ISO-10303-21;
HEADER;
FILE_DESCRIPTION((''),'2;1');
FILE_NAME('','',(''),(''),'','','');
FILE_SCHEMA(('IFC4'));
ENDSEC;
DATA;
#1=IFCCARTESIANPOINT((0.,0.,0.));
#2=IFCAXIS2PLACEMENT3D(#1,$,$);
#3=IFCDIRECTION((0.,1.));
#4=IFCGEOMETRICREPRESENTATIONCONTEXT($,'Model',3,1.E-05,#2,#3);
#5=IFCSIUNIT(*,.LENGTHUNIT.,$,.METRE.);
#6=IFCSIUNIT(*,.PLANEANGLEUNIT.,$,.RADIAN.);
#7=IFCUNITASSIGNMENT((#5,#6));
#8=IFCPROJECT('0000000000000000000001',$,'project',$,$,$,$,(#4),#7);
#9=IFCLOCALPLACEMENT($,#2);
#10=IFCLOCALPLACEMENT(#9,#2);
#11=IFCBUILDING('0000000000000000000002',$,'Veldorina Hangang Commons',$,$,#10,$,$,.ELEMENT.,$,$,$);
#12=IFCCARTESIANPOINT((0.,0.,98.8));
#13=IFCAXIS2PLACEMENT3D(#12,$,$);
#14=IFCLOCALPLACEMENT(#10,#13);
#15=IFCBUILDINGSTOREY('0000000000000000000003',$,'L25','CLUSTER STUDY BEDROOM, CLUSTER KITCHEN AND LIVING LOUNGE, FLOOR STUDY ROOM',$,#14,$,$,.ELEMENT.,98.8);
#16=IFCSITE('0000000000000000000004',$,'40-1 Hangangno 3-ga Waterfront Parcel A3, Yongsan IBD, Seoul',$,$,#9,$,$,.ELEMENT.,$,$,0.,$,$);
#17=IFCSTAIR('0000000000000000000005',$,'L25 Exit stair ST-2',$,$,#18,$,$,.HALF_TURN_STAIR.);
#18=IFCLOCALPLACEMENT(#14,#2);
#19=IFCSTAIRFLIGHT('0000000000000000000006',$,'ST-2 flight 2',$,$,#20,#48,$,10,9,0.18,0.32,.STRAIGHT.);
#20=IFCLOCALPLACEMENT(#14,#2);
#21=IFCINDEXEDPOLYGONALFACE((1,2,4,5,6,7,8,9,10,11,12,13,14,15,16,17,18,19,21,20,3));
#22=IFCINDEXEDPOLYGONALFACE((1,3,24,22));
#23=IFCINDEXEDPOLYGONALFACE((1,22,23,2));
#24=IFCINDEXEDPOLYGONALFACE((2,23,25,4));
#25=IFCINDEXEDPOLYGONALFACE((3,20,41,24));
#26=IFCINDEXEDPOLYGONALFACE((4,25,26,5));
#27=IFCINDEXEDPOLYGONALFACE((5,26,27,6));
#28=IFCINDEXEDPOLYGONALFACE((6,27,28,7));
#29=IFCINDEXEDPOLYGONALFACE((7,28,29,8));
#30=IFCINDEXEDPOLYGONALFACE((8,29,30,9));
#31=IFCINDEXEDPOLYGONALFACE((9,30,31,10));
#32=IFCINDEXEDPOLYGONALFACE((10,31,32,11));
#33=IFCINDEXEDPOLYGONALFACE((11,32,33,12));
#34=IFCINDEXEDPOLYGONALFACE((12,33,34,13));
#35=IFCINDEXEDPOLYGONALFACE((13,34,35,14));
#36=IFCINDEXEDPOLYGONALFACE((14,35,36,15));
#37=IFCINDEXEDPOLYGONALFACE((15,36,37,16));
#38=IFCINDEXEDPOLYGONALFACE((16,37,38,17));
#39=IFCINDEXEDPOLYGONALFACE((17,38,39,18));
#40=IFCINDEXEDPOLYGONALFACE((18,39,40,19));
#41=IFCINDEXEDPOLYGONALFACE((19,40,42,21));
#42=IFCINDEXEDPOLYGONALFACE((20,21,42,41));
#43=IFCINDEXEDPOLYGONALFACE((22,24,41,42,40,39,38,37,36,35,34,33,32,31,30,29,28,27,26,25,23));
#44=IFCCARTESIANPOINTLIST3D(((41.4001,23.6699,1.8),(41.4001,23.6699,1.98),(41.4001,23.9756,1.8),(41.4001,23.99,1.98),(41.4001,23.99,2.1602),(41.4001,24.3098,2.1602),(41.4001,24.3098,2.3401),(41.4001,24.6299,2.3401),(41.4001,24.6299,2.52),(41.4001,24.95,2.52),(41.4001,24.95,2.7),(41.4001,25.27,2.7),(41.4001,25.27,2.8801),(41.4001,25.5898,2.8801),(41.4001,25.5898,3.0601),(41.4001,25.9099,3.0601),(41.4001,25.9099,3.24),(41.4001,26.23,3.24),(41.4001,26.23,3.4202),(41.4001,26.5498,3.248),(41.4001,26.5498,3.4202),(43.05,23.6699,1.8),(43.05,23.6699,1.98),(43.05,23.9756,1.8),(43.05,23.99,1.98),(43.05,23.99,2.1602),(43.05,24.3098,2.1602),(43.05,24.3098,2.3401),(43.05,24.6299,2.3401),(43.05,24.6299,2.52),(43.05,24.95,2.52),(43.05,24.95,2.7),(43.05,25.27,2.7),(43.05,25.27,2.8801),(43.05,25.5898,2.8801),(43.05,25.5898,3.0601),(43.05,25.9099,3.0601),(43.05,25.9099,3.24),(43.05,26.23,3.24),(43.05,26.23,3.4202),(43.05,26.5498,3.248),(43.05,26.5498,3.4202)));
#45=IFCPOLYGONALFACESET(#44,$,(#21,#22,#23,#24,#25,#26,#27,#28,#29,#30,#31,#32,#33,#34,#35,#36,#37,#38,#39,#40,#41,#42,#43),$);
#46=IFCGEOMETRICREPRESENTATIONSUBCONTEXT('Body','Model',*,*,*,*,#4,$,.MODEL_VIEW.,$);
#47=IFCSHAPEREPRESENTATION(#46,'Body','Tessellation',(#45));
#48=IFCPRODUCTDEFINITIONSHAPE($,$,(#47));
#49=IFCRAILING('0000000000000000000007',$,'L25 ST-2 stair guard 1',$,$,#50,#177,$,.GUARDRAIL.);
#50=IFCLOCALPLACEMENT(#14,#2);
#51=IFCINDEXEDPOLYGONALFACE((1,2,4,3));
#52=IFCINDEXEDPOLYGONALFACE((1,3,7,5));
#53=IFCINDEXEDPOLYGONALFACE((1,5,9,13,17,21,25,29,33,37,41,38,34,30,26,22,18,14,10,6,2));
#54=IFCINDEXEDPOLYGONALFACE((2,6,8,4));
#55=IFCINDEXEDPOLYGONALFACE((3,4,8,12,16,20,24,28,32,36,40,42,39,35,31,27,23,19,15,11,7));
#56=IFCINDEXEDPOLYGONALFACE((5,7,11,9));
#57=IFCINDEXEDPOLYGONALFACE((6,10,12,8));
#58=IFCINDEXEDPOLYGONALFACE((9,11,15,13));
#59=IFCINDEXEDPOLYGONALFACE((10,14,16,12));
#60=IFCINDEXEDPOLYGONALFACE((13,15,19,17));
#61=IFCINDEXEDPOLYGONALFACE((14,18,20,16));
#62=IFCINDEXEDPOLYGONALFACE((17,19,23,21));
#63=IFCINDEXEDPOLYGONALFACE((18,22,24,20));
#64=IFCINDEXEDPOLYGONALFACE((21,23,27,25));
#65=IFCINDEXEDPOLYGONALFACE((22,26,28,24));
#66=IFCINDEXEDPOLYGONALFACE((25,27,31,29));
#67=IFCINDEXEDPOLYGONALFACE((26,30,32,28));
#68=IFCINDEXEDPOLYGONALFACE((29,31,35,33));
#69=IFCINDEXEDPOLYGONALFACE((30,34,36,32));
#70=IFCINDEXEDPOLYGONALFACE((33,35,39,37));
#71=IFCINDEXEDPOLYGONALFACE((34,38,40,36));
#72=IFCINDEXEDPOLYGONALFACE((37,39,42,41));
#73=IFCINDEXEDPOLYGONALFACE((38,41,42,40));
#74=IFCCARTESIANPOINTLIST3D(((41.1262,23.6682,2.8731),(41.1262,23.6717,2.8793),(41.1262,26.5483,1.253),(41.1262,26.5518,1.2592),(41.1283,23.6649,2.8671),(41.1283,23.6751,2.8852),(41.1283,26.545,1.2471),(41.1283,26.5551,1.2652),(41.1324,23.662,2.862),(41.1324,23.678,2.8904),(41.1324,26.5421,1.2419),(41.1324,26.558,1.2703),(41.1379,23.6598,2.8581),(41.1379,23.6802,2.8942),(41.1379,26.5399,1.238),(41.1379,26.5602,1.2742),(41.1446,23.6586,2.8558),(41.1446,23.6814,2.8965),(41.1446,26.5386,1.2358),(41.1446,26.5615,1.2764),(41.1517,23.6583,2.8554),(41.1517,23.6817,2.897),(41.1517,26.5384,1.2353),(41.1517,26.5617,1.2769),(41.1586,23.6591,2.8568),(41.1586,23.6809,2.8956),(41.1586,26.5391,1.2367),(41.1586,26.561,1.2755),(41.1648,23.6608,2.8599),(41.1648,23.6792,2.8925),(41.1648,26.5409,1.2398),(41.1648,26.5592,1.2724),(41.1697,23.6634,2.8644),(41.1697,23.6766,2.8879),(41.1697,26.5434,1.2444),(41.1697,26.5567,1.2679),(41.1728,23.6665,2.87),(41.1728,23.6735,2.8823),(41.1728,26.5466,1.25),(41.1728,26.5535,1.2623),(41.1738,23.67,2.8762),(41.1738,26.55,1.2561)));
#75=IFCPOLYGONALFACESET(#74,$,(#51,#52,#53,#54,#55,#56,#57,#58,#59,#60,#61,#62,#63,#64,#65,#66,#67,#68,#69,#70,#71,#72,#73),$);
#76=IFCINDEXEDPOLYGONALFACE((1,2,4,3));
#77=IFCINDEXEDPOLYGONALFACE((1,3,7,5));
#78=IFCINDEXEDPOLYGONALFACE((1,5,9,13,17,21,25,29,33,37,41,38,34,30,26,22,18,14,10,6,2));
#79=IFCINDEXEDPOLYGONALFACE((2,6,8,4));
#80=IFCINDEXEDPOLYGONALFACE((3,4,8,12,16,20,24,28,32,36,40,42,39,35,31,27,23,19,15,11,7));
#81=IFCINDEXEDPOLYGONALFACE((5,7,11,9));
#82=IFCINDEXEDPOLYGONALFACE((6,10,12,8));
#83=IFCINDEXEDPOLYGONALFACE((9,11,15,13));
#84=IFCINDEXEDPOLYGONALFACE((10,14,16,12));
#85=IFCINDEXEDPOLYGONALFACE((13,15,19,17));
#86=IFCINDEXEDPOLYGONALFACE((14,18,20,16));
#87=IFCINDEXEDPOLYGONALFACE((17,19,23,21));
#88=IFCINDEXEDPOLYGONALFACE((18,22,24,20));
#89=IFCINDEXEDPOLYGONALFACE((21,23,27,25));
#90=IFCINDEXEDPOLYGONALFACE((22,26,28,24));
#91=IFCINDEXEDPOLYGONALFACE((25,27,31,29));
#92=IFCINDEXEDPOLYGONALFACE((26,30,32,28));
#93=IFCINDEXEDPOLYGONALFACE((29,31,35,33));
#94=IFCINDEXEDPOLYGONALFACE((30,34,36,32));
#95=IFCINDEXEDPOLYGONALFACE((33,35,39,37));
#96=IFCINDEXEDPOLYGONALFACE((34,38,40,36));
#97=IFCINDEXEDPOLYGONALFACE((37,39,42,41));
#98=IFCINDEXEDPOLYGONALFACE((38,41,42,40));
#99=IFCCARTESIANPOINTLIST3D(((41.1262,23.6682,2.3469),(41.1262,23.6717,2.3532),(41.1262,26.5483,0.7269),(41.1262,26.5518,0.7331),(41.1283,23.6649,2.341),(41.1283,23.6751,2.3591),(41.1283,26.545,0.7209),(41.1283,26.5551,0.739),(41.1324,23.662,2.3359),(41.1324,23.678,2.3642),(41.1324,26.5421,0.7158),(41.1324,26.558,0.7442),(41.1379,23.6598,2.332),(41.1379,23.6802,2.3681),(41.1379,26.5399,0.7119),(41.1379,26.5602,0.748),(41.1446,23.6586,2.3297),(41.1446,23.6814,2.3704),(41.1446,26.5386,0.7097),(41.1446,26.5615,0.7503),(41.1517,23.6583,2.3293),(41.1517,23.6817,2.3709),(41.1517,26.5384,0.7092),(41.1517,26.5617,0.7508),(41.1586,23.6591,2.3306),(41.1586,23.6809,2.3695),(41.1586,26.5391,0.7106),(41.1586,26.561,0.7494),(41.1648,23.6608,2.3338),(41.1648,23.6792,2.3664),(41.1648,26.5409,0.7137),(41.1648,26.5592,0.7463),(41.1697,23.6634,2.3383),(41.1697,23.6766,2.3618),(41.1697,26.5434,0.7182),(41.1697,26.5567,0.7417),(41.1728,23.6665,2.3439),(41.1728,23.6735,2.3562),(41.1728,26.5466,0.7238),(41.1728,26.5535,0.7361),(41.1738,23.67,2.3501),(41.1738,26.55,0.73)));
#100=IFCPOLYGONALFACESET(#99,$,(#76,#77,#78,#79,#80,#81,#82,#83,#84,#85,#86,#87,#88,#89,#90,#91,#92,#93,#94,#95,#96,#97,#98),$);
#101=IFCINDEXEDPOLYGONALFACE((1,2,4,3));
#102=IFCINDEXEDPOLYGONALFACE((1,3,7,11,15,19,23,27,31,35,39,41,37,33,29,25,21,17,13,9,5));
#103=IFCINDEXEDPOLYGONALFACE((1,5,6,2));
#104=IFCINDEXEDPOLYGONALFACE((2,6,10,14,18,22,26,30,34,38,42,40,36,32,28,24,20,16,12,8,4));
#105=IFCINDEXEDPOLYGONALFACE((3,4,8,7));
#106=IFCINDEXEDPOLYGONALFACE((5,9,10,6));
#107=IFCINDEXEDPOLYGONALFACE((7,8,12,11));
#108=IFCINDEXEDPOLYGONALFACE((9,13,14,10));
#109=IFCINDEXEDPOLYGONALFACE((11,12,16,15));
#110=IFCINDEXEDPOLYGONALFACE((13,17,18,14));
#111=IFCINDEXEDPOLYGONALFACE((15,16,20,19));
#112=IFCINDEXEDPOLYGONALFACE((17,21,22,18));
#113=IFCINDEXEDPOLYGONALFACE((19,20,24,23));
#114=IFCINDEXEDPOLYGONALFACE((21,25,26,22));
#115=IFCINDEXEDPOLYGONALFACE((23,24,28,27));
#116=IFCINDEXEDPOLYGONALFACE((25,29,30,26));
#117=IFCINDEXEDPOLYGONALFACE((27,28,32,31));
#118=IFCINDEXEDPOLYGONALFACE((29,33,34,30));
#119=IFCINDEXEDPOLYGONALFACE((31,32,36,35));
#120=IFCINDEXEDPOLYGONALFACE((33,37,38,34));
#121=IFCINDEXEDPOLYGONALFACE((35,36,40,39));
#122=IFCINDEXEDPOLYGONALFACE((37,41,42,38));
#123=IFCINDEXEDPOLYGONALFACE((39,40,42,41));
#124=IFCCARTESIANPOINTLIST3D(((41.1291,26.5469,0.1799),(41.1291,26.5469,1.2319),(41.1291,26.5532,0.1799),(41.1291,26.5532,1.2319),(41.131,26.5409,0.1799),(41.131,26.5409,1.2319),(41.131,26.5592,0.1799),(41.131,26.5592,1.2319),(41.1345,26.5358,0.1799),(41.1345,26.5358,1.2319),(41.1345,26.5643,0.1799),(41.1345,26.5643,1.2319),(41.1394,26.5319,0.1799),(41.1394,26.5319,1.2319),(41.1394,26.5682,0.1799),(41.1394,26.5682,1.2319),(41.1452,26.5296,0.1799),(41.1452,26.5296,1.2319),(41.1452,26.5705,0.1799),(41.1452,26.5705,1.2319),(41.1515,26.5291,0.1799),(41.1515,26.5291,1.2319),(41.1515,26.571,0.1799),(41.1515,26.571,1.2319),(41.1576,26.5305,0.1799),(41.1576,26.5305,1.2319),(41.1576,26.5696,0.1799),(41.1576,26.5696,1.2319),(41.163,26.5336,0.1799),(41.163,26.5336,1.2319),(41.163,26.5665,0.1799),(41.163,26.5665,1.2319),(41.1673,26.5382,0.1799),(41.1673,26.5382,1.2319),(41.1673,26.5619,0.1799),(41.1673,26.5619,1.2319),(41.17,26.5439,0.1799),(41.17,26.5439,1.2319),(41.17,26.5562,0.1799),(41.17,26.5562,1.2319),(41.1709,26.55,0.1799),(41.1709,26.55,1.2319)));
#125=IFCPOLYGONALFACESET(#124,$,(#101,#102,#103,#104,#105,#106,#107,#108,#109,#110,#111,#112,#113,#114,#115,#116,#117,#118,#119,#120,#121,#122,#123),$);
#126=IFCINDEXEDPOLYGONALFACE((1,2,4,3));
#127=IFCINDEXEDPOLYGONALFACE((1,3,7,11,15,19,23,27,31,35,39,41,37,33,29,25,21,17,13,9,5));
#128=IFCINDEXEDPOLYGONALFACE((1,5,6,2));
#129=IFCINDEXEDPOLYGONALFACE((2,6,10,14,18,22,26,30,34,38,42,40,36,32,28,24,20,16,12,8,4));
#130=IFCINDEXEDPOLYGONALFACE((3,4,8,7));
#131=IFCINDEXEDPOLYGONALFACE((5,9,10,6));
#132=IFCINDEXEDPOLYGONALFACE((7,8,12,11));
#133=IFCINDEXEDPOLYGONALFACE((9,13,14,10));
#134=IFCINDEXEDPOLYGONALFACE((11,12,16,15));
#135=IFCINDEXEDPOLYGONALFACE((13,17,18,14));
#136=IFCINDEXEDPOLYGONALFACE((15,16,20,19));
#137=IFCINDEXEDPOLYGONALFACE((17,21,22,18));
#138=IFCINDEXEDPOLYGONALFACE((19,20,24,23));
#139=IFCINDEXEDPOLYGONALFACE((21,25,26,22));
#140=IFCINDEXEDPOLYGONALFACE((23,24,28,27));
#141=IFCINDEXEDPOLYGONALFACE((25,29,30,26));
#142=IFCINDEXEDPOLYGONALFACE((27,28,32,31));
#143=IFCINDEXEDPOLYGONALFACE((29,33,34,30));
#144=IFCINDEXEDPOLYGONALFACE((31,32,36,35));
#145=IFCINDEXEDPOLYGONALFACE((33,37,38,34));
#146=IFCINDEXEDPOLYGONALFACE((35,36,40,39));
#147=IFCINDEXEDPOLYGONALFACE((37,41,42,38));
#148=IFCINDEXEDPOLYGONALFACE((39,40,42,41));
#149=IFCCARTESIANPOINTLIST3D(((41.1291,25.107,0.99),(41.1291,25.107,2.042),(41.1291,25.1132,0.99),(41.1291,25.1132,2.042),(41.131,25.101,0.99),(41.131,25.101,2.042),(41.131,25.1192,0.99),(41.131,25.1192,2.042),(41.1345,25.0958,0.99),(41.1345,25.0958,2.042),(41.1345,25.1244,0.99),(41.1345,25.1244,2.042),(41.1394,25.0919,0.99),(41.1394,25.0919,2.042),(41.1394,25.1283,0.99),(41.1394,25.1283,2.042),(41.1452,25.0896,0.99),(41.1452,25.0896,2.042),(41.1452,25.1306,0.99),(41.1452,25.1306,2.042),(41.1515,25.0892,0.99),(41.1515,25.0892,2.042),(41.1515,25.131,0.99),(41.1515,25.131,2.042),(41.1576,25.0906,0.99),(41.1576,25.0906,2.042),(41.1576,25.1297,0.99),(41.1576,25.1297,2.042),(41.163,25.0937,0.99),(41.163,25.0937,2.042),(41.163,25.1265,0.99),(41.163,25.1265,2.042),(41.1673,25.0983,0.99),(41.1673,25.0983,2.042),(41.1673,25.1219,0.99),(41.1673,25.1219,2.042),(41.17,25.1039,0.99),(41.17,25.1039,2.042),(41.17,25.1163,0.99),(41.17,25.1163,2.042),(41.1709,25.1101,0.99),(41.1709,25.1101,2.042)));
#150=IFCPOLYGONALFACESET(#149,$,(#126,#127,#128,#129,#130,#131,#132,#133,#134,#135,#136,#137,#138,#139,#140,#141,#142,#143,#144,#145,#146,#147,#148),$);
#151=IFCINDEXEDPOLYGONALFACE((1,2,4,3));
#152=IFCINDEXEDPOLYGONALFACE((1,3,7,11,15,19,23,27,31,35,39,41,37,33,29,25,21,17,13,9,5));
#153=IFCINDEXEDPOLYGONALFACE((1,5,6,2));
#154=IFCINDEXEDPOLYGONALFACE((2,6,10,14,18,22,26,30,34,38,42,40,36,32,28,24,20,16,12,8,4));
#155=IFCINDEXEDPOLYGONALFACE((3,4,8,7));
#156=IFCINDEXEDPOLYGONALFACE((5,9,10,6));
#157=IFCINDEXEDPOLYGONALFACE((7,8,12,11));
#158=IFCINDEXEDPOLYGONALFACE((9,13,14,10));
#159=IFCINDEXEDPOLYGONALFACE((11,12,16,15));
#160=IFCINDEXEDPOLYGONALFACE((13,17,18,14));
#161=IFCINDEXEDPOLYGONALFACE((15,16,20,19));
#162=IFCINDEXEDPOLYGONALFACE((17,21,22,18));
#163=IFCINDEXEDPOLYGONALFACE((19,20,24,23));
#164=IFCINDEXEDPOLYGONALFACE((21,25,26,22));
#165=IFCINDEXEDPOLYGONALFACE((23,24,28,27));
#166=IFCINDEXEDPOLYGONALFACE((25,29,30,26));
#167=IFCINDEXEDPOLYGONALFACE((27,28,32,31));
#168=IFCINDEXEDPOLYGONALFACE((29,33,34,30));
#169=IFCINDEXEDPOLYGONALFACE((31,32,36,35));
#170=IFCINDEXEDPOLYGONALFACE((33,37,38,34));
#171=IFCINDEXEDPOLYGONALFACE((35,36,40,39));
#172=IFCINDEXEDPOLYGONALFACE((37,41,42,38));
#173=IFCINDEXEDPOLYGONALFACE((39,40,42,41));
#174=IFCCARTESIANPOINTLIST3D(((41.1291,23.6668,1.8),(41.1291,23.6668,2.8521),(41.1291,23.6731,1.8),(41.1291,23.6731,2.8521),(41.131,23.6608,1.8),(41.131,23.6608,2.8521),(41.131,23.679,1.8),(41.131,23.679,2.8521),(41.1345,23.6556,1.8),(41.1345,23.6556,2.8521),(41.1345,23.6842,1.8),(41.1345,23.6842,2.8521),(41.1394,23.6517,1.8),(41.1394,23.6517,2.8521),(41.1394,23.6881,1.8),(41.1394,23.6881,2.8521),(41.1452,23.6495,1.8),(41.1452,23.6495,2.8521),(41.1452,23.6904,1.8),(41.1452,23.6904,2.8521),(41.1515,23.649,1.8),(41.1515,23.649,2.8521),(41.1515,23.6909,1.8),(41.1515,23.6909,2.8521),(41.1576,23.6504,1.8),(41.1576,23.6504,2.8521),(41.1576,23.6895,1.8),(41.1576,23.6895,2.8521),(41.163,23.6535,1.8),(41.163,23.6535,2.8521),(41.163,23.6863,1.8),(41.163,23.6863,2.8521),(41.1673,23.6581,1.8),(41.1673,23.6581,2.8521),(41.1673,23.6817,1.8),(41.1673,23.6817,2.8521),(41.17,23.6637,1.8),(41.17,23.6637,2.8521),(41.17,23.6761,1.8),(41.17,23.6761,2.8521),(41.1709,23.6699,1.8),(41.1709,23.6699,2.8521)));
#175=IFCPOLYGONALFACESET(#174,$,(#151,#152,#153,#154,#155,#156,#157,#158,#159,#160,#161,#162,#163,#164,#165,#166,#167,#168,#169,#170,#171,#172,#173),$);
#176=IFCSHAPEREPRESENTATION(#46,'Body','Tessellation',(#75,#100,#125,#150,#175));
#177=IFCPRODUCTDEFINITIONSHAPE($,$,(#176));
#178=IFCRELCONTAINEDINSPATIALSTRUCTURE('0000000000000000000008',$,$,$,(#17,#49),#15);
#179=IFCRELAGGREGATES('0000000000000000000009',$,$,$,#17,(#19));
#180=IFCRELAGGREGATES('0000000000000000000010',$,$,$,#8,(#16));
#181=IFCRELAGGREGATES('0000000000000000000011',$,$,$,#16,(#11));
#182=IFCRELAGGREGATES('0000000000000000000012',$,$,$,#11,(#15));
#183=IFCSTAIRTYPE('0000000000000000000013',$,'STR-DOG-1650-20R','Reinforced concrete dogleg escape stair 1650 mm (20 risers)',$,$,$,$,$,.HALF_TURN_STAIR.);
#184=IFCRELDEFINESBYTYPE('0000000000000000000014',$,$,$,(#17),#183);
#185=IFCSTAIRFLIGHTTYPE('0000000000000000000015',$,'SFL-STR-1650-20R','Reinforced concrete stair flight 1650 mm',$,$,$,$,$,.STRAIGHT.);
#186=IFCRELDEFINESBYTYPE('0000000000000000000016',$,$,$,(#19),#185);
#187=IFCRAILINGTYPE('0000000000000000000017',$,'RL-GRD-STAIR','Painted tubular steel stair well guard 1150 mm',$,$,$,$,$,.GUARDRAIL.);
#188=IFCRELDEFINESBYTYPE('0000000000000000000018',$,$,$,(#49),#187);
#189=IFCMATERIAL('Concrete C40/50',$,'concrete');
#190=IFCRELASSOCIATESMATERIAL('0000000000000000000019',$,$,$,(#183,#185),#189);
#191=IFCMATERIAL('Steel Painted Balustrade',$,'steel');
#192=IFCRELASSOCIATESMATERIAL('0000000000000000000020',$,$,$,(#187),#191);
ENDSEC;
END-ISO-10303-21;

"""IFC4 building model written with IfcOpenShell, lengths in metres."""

from ifc_helpers import new_model, si_unit, direction, frame, origin, origin_2d, place, context, subcontext, project, spatial, polyline, circle, outline, extrude, material, type_object, element, aggregate, save


model = new_model("IFC4")

# Units and contexts
model_context = context("Model", 3, precision=1e-05, world=origin(), true_north=direction((0.0, 1.0)))
body_context = subcontext(model_context, "Body", "Model", "MODEL_VIEW")
ifc_project = project(units=[si_unit("LENGTHUNIT", "METRE"), si_unit("PLANEANGLEUNIT", "RADIAN")], contexts=[model_context])

# Site, building, storey
site_placement = place(None, origin())
site = spatial("IfcSite", under=ifc_project, at=site_placement, Name="40-1 Hangangno 3-ga Waterfront Parcel A3, Yongsan IBD, Seoul", CompositionType="ELEMENT", RefElevation=0.0)
building_placement = place(site_placement, origin())
building = spatial("IfcBuilding", under=site, at=building_placement, Name="Veldorina Hangang Commons", CompositionType="ELEMENT")
storey_placement = place(building_placement, frame((0.0, 0.0, 98.8)))
storey = spatial("IfcBuildingStorey", under=building, at=storey_placement, Name="L25", Description="CLUSTER STUDY BEDROOM, CLUSTER KITCHEN AND LIVING LOUNGE, FLOOR STUDY ROOM", CompositionType="ELEMENT", Elevation=98.8)

# Stair, stair flight
ifc_material_1 = material(Name="Concrete C40/50", Category="concrete")
stair_type = type_object("IfcStairType", Name="STR-DOG-1650-20R", Description="Reinforced concrete dogleg escape stair 1650 mm (20 risers)", PredefinedType="HALF_TURN_STAIR", material=ifc_material_1)
stair_placement = place(storey_placement, origin())
stair = element("IfcStair", 1, at=stair_placement, inside=storey, type_object=stair_type, Name="L25 Exit stair ST-2", PredefinedType="HALF_TURN_STAIR")
stair_flight_type = type_object("IfcStairFlightType", Name="SFL-STR-1650-20R", Description="Reinforced concrete stair flight 1650 mm", PredefinedType="STRAIGHT", material=ifc_material_1)
stair_flight_1_placement = place(storey_placement, frame((42.2251, 23.6699, 1.8), z_axis=(0.0, 0.0, 1.0), x_axis=(0.0, 1.0, 0.0)))
stair_flight_1 = element("IfcStairFlight", 2, at=stair_flight_1_placement, type_object=stair_flight_type, Name="ST-2 flight 2", NumberOfRisers=10, NumberOfTreads=9, PredefinedType="STRAIGHT", RiserHeight=0.18, TreadLength=0.32, context=body_context, shape_type="SweptSolid", body=[
    extrude(outline(polyline([(0.0, 0.0), (0.0, 0.1799), (0.3201, 0.1799), (0.3201, 0.3601), (0.6399, 0.3601), (0.6399, 0.54), (0.96, 0.54), (0.96, 0.72), (1.28, 0.72), (1.28, 0.8999), (1.6001, 0.8999), (1.6001, 1.0801), (1.9199, 1.0801), (1.9199, 1.26), (2.24, 1.26), (2.24, 1.4399), (2.5601, 1.4399), (2.5601, 1.6201), (2.8799, 1.6201), (2.8799, 1.8), (2.8799, 1.448), (0.3057, 0.0), (0.0, 0.0)])), frame((0.0, 0.825, 0.0), z_axis=(0.0, -1.0, 0.0), x_axis=(1.0, 0.0, 0.0)), (0.0, 0.0, 1.0), 1.6499),
])
aggregate(stair, [stair_flight_1])

# Railing
ifc_material_2 = material(Name="Steel Painted Balustrade", Category="steel")
railing_type_1 = type_object("IfcRailingType", Name="RL-GRD-STAIR", Description="Painted tubular steel stair well guard 1150 mm", PredefinedType="GUARDRAIL", material=ifc_material_2)
railing_1_placement = place(storey_placement, frame((41.1499, 26.55, 0.1799)))
element("IfcRailing", 3, at=railing_1_placement, inside=storey, type_object=railing_type_1, Name="L25 ST-2 stair guard 1", PredefinedType="GUARDRAIL", context=body_context, shape_type="SweptSolid", body=[
    extrude(circle(Radius=0.0239, at=origin_2d()), frame((0.0, 0.0, 1.0762), z_axis=(0.0, -0.87157, 0.490272), x_axis=(1.0, 0.0, 0.0)), (0.0, 0.0, 1.0), 3.3044),
    extrude(circle(Radius=0.0239, at=origin_2d()), frame((0.0, 0.0, 0.55), z_axis=(0.0, -0.87157, 0.490272), x_axis=(1.0, 0.0, 0.0)), (0.0, 0.0, 1.0), 3.3044),
    extrude(circle(Radius=0.021, at=origin_2d()), origin(), (0.0, 0.0, 1.0), 1.052),
    extrude(circle(Radius=0.021, at=origin_2d()), frame((0.0, -1.4399, 0.8101)), (0.0, 0.0, 1.0), 1.052),
    extrude(circle(Radius=0.021, at=origin_2d()), frame((0.0, -2.8801, 1.6201)), (0.0, 0.0, 1.0), 1.052),
])

save(model, "model.ifc")
